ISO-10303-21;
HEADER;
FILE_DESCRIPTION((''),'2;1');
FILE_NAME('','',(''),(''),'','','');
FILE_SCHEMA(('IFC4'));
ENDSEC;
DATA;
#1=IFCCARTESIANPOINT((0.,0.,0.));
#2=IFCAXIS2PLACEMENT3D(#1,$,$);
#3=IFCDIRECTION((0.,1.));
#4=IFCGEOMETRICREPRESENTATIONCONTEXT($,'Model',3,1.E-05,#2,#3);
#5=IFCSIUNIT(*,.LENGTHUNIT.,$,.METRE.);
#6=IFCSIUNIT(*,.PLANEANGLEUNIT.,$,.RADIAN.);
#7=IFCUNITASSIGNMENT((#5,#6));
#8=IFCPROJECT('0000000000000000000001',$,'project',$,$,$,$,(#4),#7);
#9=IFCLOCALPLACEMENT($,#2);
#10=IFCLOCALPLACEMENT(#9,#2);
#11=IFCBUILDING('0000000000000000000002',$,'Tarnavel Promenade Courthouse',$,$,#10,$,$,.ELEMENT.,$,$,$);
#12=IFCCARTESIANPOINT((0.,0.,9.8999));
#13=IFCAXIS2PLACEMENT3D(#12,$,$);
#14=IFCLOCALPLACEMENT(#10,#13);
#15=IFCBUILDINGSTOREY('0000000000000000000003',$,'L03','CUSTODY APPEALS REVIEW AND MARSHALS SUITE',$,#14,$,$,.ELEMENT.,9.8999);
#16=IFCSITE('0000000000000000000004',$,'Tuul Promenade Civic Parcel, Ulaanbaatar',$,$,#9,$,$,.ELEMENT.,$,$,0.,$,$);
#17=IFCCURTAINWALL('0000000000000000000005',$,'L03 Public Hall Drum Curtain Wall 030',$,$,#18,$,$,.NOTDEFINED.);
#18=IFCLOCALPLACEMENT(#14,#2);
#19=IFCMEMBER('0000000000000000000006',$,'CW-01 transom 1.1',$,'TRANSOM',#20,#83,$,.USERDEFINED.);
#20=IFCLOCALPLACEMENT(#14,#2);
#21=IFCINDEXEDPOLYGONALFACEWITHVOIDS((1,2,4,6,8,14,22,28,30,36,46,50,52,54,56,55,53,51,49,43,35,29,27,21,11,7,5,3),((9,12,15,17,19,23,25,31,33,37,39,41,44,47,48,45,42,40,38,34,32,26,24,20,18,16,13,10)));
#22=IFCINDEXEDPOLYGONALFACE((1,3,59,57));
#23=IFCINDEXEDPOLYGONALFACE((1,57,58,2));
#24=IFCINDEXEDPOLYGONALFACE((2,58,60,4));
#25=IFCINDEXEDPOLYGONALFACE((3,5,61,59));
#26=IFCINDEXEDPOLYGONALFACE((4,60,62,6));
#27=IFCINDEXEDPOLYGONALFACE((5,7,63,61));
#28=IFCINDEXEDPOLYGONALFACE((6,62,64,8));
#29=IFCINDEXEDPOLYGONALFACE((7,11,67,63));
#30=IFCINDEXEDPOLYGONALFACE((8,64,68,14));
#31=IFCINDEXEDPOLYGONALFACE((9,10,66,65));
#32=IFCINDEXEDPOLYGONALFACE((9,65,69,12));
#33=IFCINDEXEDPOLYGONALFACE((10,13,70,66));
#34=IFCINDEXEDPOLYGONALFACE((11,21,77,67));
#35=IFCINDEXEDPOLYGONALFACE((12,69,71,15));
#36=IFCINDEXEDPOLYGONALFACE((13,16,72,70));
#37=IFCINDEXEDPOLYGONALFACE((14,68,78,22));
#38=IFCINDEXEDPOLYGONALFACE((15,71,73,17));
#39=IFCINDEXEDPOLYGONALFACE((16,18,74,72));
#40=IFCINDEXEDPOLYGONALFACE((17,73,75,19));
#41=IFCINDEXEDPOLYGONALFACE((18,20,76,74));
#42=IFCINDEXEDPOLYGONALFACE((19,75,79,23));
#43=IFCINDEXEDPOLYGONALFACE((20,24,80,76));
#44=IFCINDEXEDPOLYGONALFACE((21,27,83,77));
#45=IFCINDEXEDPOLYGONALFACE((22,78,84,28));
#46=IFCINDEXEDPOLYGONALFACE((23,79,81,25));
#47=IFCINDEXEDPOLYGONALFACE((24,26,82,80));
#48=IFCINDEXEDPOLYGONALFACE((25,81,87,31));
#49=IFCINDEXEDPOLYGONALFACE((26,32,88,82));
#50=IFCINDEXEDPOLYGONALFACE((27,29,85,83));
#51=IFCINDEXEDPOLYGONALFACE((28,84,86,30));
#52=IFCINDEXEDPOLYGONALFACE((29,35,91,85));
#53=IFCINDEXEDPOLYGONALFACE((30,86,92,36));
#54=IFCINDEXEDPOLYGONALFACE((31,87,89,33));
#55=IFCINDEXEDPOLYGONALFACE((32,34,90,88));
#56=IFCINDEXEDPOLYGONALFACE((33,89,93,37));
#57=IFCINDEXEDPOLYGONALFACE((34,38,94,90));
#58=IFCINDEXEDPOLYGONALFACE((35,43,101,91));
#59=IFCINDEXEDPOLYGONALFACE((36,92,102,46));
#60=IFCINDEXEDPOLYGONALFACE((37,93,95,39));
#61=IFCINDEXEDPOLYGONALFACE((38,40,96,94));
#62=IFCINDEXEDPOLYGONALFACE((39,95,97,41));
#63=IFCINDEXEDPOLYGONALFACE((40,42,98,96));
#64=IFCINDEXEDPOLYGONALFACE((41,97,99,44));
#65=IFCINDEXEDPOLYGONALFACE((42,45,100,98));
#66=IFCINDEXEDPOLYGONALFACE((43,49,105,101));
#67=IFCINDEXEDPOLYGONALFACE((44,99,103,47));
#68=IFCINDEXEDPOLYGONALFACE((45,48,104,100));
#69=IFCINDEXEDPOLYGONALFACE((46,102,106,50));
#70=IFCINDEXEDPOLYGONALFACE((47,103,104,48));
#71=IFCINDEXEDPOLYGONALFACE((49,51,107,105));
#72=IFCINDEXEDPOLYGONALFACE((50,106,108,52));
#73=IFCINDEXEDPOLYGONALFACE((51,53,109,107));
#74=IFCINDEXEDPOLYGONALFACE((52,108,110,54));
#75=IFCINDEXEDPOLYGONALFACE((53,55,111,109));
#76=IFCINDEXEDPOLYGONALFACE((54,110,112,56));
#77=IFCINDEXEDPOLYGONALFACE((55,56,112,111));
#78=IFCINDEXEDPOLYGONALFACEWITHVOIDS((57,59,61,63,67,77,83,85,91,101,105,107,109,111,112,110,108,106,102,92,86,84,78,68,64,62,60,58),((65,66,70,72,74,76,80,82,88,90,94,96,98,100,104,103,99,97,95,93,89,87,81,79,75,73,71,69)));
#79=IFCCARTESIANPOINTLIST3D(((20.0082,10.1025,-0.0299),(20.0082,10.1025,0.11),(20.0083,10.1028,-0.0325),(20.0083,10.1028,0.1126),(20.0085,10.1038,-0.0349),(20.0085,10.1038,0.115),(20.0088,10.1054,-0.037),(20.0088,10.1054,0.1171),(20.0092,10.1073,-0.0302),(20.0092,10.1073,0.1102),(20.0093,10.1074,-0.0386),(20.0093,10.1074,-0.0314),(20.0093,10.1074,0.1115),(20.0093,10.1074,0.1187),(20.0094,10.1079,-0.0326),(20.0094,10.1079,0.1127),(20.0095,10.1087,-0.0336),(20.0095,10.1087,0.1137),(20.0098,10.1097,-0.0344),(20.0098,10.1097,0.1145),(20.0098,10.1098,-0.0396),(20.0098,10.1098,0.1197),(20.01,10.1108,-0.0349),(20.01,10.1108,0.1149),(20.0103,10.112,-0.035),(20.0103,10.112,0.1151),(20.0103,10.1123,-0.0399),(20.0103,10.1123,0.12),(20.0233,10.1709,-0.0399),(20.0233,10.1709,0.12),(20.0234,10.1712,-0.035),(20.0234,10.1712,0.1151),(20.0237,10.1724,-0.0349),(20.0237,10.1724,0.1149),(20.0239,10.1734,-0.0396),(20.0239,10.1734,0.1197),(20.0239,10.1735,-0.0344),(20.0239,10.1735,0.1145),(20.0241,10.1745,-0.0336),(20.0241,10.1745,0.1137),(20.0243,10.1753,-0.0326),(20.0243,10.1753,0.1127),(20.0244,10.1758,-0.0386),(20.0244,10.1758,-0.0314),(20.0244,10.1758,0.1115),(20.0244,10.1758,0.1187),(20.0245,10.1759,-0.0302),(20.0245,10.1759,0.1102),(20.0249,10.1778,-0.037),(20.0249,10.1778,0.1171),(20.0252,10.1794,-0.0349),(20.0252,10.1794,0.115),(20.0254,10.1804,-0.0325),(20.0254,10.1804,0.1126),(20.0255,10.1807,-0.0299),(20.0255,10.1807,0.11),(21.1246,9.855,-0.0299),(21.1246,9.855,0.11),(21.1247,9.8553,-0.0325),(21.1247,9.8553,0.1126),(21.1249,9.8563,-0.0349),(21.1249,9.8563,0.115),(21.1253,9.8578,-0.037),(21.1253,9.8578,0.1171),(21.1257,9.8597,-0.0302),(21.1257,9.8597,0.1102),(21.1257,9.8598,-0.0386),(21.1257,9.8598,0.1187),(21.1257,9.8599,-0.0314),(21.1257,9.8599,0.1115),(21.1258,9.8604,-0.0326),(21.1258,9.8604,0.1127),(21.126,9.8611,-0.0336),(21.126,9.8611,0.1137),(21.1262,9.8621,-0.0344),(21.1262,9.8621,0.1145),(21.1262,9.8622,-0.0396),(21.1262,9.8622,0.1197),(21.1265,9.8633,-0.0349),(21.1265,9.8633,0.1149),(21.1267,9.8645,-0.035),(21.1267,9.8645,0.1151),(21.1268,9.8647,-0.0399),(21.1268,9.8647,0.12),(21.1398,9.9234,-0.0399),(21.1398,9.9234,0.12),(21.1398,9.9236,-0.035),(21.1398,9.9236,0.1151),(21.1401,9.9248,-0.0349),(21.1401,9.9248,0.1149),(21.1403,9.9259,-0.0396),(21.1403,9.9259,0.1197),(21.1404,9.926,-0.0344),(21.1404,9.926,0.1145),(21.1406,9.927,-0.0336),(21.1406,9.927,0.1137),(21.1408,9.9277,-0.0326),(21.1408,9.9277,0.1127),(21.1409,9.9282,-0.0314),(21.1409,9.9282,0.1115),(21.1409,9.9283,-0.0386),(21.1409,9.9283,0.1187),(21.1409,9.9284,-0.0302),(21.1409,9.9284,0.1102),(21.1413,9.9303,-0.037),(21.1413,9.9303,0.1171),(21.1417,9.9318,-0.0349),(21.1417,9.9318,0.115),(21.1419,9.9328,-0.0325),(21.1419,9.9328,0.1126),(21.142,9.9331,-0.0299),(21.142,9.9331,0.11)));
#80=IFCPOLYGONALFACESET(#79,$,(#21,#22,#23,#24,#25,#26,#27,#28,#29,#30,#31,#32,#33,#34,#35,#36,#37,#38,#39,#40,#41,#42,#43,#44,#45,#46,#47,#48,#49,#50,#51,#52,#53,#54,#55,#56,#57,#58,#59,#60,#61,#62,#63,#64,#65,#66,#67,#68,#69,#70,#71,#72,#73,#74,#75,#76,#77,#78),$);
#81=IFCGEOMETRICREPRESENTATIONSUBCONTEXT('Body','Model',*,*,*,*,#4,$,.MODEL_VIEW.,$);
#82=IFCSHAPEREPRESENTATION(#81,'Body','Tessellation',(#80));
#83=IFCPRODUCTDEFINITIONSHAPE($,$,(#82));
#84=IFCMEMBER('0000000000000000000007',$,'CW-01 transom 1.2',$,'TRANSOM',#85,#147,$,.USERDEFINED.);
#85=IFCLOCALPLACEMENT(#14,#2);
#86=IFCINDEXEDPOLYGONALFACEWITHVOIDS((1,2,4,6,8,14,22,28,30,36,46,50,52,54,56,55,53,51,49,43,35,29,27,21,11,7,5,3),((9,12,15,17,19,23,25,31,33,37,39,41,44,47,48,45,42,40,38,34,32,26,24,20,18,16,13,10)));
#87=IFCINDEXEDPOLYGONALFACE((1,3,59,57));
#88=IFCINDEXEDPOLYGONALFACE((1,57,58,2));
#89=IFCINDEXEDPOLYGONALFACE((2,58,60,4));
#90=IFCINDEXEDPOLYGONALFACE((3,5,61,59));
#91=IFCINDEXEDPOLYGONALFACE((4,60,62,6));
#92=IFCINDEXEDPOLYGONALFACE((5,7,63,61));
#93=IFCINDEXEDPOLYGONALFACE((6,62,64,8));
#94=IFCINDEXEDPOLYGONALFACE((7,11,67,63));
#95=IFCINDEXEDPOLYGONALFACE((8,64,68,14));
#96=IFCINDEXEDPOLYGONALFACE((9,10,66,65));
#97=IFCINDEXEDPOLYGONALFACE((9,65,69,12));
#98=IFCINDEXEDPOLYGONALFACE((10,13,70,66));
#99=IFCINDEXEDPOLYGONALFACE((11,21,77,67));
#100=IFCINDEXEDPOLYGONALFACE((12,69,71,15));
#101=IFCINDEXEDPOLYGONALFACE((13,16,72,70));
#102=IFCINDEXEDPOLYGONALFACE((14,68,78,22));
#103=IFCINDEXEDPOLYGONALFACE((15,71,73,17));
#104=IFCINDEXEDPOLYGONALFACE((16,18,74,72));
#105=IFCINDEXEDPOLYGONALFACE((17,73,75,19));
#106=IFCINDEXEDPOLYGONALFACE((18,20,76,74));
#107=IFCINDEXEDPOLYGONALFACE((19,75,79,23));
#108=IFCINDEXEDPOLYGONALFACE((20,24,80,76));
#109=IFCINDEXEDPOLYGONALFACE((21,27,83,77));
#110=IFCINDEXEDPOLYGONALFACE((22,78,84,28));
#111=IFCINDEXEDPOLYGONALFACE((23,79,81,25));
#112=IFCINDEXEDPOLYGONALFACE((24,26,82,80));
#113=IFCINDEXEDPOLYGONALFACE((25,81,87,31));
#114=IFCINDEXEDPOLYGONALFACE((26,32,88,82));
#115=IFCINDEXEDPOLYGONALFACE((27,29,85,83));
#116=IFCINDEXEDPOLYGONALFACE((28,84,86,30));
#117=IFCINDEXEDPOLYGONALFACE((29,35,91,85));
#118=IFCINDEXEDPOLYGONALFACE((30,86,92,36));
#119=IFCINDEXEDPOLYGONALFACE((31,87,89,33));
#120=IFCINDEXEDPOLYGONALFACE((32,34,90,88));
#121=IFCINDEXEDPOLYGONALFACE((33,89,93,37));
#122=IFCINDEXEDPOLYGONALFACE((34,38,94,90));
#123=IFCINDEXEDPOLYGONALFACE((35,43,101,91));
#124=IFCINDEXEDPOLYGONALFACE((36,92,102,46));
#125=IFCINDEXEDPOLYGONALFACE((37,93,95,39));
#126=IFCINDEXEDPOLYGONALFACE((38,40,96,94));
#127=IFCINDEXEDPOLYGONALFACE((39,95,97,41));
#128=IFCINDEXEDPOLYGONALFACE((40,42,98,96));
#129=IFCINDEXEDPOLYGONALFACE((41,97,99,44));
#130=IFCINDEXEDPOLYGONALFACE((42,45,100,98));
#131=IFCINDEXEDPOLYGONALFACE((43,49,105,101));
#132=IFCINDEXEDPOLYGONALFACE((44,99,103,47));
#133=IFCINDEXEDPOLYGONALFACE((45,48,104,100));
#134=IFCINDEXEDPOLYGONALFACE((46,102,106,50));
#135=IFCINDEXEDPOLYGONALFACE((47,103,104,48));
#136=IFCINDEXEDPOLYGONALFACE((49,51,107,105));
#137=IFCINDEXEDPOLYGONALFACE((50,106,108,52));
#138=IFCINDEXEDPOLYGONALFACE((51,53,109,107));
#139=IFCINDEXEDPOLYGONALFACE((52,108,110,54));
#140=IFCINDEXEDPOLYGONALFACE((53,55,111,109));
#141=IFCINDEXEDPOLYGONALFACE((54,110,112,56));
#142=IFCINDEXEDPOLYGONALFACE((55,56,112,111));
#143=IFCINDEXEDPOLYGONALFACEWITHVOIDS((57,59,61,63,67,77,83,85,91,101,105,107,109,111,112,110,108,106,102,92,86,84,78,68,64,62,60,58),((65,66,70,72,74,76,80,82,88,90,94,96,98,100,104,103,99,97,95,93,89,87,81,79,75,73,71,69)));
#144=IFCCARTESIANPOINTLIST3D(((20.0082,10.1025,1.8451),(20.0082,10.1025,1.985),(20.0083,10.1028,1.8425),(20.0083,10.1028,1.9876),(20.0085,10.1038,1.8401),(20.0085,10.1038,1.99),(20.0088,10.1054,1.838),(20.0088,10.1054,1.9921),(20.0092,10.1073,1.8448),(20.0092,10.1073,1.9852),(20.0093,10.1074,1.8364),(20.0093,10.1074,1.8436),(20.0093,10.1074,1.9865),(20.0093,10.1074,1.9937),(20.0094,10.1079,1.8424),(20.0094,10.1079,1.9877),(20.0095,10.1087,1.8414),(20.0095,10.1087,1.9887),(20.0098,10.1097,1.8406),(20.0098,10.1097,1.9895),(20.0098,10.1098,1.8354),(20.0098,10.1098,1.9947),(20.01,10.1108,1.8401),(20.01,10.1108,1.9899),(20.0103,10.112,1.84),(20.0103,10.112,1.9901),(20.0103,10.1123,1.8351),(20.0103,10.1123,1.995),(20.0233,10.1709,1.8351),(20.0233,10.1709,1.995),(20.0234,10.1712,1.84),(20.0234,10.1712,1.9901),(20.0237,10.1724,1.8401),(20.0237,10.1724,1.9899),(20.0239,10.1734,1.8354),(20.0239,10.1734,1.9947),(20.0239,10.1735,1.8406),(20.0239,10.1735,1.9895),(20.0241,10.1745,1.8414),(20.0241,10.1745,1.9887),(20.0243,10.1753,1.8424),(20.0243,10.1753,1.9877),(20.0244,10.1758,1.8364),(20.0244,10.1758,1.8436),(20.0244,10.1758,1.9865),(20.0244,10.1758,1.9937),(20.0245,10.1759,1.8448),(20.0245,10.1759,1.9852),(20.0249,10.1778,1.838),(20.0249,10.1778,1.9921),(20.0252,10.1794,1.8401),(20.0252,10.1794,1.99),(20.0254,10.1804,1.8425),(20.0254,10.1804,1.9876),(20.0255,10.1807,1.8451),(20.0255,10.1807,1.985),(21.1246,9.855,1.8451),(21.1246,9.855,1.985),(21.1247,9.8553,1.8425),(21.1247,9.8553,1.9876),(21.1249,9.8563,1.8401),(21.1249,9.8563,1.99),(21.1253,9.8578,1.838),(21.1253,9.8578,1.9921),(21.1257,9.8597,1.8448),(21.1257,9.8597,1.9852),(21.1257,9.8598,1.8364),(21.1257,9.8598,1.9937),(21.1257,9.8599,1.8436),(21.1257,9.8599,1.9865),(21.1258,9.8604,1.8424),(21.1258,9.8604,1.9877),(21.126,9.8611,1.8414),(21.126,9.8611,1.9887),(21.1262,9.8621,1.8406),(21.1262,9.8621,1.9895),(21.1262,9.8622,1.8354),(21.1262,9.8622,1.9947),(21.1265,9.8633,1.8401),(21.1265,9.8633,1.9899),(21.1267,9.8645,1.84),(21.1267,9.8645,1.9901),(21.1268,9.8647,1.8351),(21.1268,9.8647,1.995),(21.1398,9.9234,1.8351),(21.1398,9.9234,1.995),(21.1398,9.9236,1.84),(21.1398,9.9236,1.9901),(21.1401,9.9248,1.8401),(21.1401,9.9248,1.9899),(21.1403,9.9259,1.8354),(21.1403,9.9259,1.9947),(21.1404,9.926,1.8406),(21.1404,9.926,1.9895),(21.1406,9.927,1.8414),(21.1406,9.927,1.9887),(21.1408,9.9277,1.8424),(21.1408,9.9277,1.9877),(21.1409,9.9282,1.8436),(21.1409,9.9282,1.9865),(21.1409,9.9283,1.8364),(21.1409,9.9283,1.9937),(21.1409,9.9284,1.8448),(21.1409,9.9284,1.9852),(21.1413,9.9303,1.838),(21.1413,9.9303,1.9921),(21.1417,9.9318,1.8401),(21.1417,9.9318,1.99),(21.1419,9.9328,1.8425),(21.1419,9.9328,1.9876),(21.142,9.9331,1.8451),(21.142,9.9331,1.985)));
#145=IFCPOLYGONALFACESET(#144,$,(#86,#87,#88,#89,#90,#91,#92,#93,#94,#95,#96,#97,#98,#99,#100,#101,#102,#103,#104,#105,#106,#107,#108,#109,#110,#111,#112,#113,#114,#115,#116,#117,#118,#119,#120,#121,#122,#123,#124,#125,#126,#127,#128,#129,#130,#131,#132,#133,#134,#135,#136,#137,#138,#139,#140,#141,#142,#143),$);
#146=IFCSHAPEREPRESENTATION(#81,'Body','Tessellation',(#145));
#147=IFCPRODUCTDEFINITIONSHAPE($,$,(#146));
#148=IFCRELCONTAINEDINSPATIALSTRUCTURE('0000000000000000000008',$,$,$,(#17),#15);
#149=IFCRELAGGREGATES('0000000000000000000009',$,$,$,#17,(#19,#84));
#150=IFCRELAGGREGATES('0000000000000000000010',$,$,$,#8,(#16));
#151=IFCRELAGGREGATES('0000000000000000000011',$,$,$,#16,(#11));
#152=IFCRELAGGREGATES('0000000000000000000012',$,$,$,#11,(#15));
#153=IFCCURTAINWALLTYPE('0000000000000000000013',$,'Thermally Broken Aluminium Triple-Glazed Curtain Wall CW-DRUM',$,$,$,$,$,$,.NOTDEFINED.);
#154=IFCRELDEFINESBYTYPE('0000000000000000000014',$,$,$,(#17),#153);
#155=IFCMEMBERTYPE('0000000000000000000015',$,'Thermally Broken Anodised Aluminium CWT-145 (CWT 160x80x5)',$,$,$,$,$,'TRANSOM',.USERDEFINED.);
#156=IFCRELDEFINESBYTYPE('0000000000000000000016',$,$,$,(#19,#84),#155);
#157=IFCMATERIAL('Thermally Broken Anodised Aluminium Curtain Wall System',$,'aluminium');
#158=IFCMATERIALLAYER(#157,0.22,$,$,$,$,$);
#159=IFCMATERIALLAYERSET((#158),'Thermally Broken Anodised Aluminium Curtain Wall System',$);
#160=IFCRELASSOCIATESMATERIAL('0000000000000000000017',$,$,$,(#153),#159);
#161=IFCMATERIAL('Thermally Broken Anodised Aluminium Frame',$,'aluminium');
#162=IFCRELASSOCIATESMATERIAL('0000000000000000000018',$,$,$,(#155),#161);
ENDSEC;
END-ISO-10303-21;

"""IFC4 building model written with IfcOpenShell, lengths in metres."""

from ifc_helpers import new_model, si_unit, direction, frame, origin, origin_2d, place, context, subcontext, project, spatial, hollow_rectangle, extrude, material, layer, layer_set, material_profile, profile_set, type_object, element, aggregate, save


model = new_model("IFC4")

# Units and contexts
model_context = context("Model", 3, precision=1e-05, world=origin(), true_north=direction((0.0, 1.0)))
body_context = subcontext(model_context, "Body", "Model", "MODEL_VIEW")
ifc_project = project(units=[si_unit("LENGTHUNIT", "METRE"), si_unit("PLANEANGLEUNIT", "RADIAN")], contexts=[model_context])

# Site, building, storey
site_placement = place(None, origin())
site = spatial("IfcSite", under=ifc_project, at=site_placement, Name="Tuul Promenade Civic Parcel, Ulaanbaatar", CompositionType="ELEMENT", RefElevation=0.0)
building_placement = place(site_placement, origin())
building = spatial("IfcBuilding", under=site, at=building_placement, Name="Tarnavel Promenade Courthouse", CompositionType="ELEMENT")
storey_placement = place(building_placement, frame((0.0, 0.0, 9.8999)))
storey = spatial("IfcBuildingStorey", under=building, at=storey_placement, Name="L03", Description="CUSTODY APPEALS REVIEW AND MARSHALS SUITE", CompositionType="ELEMENT", Elevation=9.8999)

# Curtain wall, members
ifc_material_1 = material(Name="Thermally Broken Anodised Aluminium Curtain Wall System", Category="aluminium")
ifc_layer_1 = layer(ifc_material_1, 0.22)
ifc_layer_set_1 = layer_set([ifc_layer_1], Name="Thermally Broken Anodised Aluminium Curtain Wall System")
curtain_wall_type = type_object("IfcCurtainWallType", Name="Thermally Broken Aluminium Triple-Glazed Curtain Wall CW-DRUM", PredefinedType="NOTDEFINED", material=ifc_layer_set_1)
curtain_wall_placement = place(storey_placement, origin())
curtain_wall = element("IfcCurtainWall", 1, at=curtain_wall_placement, inside=storey, type_object=curtain_wall_type, Name="L03 Public Hall Drum Curtain Wall 030", PredefinedType="NOTDEFINED")
ifc_material_2 = material(Name="Thermally Broken Anodised Aluminium Frame", Category="aluminium")
ifc_material_profile_1 = material_profile(ifc_material_2, hollow_rectangle(XDim=0.0801, YDim=0.1599, WallThickness=0.0049, InnerFilletRadius=0.0049, OuterFilletRadius=0.01, at=origin_2d()), Name="CWT 160x80x5")
ifc_profile_set_1 = profile_set([ifc_material_profile_1], Name="Thermally Broken Anodised Aluminium Frame")
member_type_1 = type_object("IfcMemberType", Name="Thermally Broken Anodised Aluminium CWT-145 (CWT 160x80x5)", ElementType="TRANSOM", PredefinedType="USERDEFINED", material=ifc_profile_set_1)
member_1_placement = place(storey_placement, frame((20.0168, 10.1416, 0.04), z_axis=(0.976287, -0.216478, 0.0), x_axis=(0.216478, 0.976287, 0.0)))
member_1 = element("IfcMember", 2, at=member_1_placement, type_object=member_type_1, Name="CW-01 transom 1.1", ObjectType="TRANSOM", PredefinedType="USERDEFINED", context=body_context, shape_type="SweptSolid", body=[
    extrude(hollow_rectangle(XDim=0.0801, YDim=0.1599, WallThickness=0.0049, InnerFilletRadius=0.0049, OuterFilletRadius=0.01, at=origin_2d()), origin(), (0.0, 0.0, 1.0), 1.1436),
])
member_2_placement = place(storey_placement, frame((20.0168, 10.1416, 1.915), z_axis=(0.976287, -0.216478, 0.0), x_axis=(0.216478, 0.976287, 0.0)))
member_2 = element("IfcMember", 3, at=member_2_placement, type_object=member_type_1, Name="CW-01 transom 1.2", ObjectType="TRANSOM", PredefinedType="USERDEFINED", context=body_context, shape_type="SweptSolid", body=[
    extrude(hollow_rectangle(XDim=0.0801, YDim=0.1599, WallThickness=0.0049, InnerFilletRadius=0.0049, OuterFilletRadius=0.01, at=origin_2d()), origin(), (0.0, 0.0, 1.0), 1.1436),
])

aggregate(curtain_wall, [member_1, member_2])

save(model, "model.ifc")
